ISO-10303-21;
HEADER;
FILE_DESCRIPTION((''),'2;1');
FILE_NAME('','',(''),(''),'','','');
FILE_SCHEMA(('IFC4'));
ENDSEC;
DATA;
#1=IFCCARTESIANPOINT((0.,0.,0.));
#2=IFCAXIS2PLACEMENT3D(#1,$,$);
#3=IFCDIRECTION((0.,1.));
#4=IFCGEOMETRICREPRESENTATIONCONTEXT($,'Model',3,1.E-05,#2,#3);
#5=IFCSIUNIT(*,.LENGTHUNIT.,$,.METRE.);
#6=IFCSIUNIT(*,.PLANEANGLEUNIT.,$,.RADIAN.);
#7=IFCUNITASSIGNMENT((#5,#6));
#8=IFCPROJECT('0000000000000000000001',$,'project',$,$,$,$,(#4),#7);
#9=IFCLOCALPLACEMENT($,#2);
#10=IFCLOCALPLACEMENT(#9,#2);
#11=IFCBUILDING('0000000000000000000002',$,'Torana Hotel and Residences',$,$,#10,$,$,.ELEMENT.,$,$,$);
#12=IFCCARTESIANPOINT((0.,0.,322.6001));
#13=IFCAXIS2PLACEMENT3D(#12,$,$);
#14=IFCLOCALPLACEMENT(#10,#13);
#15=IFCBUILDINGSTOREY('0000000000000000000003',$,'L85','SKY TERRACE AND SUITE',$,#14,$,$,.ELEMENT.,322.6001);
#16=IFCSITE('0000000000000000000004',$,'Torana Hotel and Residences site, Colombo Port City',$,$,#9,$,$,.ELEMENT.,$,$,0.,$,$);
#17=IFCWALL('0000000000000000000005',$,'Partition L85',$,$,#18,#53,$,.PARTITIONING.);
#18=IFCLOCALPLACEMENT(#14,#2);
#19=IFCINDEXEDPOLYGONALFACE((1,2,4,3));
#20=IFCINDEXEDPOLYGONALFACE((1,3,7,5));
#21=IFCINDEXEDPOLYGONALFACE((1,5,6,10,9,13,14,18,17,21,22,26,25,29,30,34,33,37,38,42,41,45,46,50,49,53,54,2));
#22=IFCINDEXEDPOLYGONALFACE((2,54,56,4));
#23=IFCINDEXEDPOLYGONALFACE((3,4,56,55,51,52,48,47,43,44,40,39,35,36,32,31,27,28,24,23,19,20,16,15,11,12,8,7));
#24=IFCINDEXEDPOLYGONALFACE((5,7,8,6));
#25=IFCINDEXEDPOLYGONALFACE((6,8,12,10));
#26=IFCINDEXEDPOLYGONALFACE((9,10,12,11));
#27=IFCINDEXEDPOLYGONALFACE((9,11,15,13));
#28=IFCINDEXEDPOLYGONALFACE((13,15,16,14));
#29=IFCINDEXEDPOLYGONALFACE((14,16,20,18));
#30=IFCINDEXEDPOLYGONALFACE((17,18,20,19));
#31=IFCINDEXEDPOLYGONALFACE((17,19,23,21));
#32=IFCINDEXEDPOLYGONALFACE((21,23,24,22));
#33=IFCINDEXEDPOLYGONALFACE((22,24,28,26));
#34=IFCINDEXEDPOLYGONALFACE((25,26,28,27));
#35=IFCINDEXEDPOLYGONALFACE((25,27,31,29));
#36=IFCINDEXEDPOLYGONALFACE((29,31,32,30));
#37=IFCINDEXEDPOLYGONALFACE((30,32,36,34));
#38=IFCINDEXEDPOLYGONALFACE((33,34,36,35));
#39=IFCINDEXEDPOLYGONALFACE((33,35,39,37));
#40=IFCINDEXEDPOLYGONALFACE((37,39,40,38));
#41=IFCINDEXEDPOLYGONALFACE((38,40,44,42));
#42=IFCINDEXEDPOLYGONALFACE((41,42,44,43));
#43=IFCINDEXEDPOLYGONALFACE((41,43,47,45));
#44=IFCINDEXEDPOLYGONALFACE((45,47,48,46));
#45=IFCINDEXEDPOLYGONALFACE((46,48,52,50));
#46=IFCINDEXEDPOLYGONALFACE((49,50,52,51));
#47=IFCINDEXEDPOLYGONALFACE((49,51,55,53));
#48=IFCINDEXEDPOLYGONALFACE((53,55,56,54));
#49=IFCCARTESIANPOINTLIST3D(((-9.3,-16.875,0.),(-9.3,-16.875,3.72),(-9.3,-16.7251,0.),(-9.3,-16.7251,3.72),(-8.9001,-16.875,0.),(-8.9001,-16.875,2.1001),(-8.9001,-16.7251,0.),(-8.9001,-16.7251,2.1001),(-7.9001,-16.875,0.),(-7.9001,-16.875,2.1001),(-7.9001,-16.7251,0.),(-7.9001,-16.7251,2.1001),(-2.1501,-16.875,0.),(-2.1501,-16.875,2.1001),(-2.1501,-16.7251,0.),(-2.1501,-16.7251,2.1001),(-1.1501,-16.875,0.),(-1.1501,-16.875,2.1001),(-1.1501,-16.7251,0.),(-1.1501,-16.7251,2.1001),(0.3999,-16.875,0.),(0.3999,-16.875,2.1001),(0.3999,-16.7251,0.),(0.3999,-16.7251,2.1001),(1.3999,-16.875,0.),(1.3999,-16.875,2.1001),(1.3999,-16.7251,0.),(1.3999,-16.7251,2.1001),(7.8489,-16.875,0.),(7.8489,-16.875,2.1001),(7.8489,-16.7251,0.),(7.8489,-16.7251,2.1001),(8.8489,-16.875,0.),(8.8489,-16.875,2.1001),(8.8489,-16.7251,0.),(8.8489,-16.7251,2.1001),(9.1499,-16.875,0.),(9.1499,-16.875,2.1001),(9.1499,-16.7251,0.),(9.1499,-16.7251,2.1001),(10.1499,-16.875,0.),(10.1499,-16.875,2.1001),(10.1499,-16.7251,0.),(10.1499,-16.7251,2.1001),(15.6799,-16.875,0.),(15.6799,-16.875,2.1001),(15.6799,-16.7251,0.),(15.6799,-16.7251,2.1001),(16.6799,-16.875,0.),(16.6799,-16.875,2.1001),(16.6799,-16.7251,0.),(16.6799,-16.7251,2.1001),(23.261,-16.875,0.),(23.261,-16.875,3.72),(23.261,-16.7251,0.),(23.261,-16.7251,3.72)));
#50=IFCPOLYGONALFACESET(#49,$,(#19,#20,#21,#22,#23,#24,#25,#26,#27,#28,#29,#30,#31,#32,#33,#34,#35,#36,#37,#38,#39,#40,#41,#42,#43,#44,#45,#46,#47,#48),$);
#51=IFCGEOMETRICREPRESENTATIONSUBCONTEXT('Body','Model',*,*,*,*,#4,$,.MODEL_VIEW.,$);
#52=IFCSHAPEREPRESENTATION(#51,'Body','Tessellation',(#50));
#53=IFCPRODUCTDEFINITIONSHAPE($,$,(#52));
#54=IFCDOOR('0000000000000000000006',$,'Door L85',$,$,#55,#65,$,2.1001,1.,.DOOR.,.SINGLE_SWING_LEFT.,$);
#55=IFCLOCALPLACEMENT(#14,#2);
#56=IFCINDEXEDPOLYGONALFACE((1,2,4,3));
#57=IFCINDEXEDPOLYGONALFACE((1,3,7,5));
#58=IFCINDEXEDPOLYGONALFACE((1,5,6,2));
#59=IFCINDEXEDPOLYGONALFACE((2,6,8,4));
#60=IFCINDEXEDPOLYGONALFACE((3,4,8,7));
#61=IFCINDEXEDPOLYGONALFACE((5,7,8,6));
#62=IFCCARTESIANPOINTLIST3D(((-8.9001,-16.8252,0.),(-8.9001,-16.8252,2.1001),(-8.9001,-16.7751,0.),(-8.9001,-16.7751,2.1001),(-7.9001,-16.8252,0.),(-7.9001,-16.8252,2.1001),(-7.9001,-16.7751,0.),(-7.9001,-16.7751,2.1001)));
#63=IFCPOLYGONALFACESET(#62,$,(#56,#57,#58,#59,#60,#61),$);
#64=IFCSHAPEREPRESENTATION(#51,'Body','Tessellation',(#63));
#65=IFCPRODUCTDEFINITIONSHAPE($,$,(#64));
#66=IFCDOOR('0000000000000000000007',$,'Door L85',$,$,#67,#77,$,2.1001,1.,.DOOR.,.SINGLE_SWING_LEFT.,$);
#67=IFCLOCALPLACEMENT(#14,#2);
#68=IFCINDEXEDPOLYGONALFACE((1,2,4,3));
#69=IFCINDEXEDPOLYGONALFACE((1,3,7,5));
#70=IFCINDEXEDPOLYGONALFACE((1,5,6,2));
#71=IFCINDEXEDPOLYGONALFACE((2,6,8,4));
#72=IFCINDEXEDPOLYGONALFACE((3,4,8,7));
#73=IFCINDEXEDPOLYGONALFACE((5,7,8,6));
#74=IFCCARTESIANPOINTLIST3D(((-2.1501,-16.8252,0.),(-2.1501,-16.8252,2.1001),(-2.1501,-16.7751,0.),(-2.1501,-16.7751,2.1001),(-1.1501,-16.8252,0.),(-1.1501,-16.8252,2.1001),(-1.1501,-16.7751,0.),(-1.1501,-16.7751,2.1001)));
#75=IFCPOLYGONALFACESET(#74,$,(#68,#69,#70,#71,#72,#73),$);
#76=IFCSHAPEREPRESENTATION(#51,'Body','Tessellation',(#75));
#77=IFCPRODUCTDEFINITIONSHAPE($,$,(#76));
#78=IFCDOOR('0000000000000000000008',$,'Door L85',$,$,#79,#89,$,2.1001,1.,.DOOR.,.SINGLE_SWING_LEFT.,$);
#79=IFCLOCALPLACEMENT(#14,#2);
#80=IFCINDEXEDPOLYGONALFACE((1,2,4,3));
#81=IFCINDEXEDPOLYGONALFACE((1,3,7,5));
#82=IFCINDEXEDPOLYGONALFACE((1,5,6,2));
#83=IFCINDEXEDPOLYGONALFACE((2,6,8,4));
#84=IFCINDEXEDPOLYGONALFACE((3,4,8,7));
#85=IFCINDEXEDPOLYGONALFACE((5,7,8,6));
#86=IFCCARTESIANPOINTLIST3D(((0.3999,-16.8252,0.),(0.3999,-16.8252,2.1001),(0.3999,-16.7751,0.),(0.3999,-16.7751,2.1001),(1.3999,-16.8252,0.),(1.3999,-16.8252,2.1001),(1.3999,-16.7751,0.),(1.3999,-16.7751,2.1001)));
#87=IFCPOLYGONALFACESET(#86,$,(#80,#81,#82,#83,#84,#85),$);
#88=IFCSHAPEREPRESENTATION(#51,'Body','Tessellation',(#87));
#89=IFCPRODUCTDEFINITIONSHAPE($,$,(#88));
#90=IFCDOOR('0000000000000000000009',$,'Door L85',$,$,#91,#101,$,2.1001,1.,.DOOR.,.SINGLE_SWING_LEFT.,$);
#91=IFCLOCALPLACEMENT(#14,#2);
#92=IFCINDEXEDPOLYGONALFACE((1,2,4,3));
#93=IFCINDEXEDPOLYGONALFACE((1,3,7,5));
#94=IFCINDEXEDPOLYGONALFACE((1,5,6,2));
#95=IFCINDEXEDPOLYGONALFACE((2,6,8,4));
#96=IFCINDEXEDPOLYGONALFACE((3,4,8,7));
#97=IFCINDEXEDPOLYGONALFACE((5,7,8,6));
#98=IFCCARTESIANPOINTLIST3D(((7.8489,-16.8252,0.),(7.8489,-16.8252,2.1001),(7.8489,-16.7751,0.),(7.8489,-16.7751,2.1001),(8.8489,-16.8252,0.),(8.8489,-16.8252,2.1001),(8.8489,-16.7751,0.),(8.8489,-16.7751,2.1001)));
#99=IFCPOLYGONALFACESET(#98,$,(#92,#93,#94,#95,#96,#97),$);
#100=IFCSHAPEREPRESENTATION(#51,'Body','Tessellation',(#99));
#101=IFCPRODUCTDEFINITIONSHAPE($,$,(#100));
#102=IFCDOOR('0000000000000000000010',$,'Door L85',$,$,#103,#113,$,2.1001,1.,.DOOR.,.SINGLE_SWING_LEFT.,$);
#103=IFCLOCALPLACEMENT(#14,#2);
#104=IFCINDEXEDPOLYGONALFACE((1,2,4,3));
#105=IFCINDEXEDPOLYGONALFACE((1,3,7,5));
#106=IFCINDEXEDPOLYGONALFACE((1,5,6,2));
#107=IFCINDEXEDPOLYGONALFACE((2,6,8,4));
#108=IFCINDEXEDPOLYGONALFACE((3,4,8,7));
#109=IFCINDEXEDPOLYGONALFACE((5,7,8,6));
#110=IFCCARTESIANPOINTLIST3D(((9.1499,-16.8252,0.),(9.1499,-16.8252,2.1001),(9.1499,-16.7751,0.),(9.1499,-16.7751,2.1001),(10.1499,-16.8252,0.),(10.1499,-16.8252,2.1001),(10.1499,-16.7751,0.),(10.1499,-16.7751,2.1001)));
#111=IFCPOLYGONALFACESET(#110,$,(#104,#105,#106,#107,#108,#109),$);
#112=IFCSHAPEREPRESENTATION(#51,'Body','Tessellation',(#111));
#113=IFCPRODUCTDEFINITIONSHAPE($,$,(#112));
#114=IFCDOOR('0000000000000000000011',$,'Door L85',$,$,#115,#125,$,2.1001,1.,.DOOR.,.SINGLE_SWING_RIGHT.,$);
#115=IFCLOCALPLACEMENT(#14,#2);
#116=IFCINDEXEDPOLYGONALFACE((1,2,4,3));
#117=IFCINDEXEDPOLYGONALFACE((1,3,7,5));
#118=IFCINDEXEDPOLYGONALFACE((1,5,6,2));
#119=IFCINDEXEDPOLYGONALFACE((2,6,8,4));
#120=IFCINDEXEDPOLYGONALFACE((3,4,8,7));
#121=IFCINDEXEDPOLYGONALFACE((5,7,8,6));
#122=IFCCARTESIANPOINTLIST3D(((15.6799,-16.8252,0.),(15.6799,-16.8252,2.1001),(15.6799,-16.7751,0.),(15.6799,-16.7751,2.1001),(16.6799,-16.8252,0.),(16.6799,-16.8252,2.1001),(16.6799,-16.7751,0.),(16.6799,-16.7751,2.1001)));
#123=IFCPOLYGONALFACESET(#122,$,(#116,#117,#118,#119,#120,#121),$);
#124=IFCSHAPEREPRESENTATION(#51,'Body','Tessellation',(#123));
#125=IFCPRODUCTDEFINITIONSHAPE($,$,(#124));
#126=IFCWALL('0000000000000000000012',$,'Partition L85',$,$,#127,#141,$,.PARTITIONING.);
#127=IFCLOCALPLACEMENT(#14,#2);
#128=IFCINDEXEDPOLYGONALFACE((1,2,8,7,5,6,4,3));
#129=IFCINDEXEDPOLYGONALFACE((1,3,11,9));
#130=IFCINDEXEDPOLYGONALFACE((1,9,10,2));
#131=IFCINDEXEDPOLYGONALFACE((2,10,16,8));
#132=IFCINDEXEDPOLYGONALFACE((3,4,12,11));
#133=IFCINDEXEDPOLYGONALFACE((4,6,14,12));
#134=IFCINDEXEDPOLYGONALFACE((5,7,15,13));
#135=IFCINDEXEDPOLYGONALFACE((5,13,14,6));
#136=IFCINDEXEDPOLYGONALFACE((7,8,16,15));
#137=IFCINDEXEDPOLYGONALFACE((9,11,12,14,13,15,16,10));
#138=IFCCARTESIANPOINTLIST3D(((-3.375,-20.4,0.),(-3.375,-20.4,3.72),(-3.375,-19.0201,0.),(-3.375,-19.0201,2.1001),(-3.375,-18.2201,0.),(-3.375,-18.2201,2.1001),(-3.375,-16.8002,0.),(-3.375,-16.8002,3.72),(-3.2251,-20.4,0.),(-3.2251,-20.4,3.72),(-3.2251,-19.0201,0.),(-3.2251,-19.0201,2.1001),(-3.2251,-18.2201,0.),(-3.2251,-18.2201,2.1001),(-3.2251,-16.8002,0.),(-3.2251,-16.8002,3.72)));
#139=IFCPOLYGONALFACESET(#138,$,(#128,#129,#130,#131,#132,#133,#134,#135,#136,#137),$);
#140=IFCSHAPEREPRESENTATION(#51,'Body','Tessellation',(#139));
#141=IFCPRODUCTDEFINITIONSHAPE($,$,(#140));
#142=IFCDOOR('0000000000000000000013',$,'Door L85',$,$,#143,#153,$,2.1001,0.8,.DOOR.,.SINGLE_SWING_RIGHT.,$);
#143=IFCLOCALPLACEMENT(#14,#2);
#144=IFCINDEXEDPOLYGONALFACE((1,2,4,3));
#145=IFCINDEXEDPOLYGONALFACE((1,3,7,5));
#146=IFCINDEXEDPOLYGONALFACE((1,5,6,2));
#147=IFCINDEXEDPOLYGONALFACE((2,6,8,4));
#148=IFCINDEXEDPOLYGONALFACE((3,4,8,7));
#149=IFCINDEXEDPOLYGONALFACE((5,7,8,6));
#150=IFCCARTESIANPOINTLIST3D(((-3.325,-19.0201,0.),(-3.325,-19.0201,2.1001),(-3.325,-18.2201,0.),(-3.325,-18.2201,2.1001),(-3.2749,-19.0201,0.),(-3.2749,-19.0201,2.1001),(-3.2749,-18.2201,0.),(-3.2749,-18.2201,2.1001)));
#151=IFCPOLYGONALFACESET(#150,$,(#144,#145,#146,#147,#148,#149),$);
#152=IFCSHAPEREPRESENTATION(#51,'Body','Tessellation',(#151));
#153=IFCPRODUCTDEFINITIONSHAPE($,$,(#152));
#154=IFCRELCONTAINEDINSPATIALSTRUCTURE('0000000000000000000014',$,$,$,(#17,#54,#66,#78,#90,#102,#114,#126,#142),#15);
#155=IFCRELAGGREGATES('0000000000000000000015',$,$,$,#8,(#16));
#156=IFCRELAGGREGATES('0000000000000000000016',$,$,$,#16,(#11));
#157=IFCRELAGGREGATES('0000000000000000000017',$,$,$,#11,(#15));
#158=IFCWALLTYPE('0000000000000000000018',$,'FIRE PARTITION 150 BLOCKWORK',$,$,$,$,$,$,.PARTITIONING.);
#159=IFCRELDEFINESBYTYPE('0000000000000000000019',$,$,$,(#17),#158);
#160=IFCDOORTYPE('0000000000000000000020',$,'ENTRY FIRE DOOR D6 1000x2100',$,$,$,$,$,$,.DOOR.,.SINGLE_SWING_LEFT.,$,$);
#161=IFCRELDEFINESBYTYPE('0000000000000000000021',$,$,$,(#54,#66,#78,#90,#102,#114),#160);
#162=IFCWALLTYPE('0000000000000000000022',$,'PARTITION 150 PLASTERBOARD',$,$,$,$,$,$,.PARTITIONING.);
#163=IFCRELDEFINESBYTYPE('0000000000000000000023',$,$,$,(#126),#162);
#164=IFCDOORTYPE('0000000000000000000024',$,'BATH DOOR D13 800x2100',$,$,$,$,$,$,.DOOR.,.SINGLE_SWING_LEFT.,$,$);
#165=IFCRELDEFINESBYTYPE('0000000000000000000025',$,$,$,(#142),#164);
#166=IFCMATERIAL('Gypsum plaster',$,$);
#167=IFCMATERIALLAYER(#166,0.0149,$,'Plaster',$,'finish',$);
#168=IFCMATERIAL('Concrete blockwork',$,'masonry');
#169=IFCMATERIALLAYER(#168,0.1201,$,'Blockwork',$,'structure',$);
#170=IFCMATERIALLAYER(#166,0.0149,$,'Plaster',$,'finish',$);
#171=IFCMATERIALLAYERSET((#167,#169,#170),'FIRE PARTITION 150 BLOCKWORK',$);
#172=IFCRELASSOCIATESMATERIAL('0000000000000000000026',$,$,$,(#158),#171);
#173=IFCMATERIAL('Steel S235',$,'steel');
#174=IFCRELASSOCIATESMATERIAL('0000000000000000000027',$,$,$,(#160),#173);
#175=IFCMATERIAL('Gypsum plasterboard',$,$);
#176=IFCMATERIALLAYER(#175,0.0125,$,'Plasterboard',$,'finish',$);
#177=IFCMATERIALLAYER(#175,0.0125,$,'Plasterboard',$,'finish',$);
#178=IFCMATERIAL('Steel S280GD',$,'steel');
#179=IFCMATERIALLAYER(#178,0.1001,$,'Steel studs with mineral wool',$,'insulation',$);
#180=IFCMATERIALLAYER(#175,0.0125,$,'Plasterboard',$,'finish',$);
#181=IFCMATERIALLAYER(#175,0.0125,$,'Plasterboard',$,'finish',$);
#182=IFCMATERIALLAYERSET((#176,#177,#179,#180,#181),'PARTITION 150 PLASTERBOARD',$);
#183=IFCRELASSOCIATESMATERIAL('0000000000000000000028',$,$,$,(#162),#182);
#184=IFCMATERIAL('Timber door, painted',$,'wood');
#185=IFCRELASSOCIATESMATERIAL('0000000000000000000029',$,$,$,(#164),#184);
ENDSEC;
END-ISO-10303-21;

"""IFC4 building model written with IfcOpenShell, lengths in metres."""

from ifc_helpers import new_model, si_unit, direction, frame, frame_2d, origin, place, context, subcontext, project, spatial, rectangle, extrude, material, layer, layer_set, type_object, element, fill, save


model = new_model("IFC4")

# Units and contexts
model_context = context("Model", 3, precision=1e-05, world=origin(), true_north=direction((0.0, 1.0)))
body_context = subcontext(model_context, "Body", "Model", "MODEL_VIEW")
ifc_project = project(units=[si_unit("LENGTHUNIT", "METRE"), si_unit("PLANEANGLEUNIT", "RADIAN")], contexts=[model_context])

# Site, building, storey
site_placement = place(None, origin())
site = spatial("IfcSite", under=ifc_project, at=site_placement, Name="Torana Hotel and Residences site, Colombo Port City", CompositionType="ELEMENT", RefElevation=0.0)
building_placement = place(site_placement, origin())
building = spatial("IfcBuilding", under=site, at=building_placement, Name="Torana Hotel and Residences", CompositionType="ELEMENT")
storey_placement = place(building_placement, frame((0.0, 0.0, 322.6001)))
storey = spatial("IfcBuildingStorey", under=building, at=storey_placement, Name="L85", Description="SKY TERRACE AND SUITE", CompositionType="ELEMENT", Elevation=322.6001)

# Shared definitions
ifc_material_1 = material(Name="Gypsum plaster")
ifc_layer_1 = layer(ifc_material_1, 0.0149, Name="Plaster", Category="finish")
ifc_material_2 = material(Name="Concrete blockwork", Category="masonry")
ifc_layer_2 = layer(ifc_material_2, 0.1201, Name="Blockwork", Category="structure")
ifc_layer_3 = layer(ifc_material_1, 0.0149, Name="Plaster", Category="finish")
ifc_layer_set_1 = layer_set([ifc_layer_1, ifc_layer_2, ifc_layer_3], Name="FIRE PARTITION 150 BLOCKWORK")
wall_type_1 = type_object("IfcWallType", Name="FIRE PARTITION 150 BLOCKWORK", PredefinedType="PARTITIONING", material=ifc_layer_set_1)

# Shared definitions
ifc_material_3 = material(Name="Steel S235", Category="steel")
door_type_1 = type_object("IfcDoorType", Name="ENTRY FIRE DOOR D6 1000x2100", OperationType="SINGLE_SWING_LEFT", PredefinedType="DOOR", material=ifc_material_3)

# Wall, openings, doors
wall_1_placement = place(storey_placement, frame((-9.3, -16.8, 0.0), z_axis=(0.0, 0.0, 1.0), x_axis=(1.0, 0.0, 0.0)))
wall_1 = element("IfcWall", 1, at=wall_1_placement, inside=storey, type_object=wall_type_1, Name="Partition L85", PredefinedType="PARTITIONING", context=body_context, shape_type="SweptSolid", body=[
    extrude(rectangle(XDim=32.561, YDim=0.1499, at=frame_2d((16.2805, 0.0))), origin(), (0.0, 0.0, 1.0), 3.72),
])
opening_1_placement = place(wall_1_placement, frame((0.3999, 0.0, 0.0)))
opening_1 = element("IfcOpeningElement", 2, at=opening_1_placement, cuts=wall_1, PredefinedType="OPENING", context=body_context, shape_type="SweptSolid", body=[
    extrude(rectangle(XDim=1.0, YDim=2.1001, at=frame_2d((0.5, 1.05))), frame((0.0, 0.085, 0.0), z_axis=(0.0, -1.0, 0.0), x_axis=(1.0, 0.0, 0.0)), (0.0, 0.0, 1.0), 0.1699),
])
opening_2_placement = place(wall_1_placement, frame((7.1499, 0.0, 0.0)))
opening_2 = element("IfcOpeningElement", 3, at=opening_2_placement, cuts=wall_1, PredefinedType="OPENING", context=body_context, shape_type="SweptSolid", body=[
    extrude(rectangle(XDim=1.0, YDim=2.1001, at=frame_2d((0.5, 1.05))), frame((0.0, 0.085, 0.0), z_axis=(0.0, -1.0, 0.0), x_axis=(1.0, 0.0, 0.0)), (0.0, 0.0, 1.0), 0.1699),
])
opening_3_placement = place(wall_1_placement, frame((9.7, 0.0, 0.0)))
opening_3 = element("IfcOpeningElement", 4, at=opening_3_placement, cuts=wall_1, PredefinedType="OPENING", context=body_context, shape_type="SweptSolid", body=[
    extrude(rectangle(XDim=1.0, YDim=2.1001, at=frame_2d((0.5, 1.05))), frame((0.0, 0.085, 0.0), z_axis=(0.0, -1.0, 0.0), x_axis=(1.0, 0.0, 0.0)), (0.0, 0.0, 1.0), 0.1699),
])
opening_4_placement = place(wall_1_placement, frame((17.1489, 0.0, 0.0)))
opening_4 = element("IfcOpeningElement", 5, at=opening_4_placement, cuts=wall_1, PredefinedType="OPENING", context=body_context, shape_type="SweptSolid", body=[
    extrude(rectangle(XDim=1.0, YDim=2.1001, at=frame_2d((0.5, 1.05))), frame((0.0, 0.085, 0.0), z_axis=(0.0, -1.0, 0.0), x_axis=(1.0, 0.0, 0.0)), (0.0, 0.0, 1.0), 0.1699),
])
opening_5_placement = place(wall_1_placement, frame((18.45, 0.0, 0.0)))
opening_5 = element("IfcOpeningElement", 6, at=opening_5_placement, cuts=wall_1, PredefinedType="OPENING", context=body_context, shape_type="SweptSolid", body=[
    extrude(rectangle(XDim=1.0, YDim=2.1001, at=frame_2d((0.5, 1.05))), frame((0.0, 0.085, 0.0), z_axis=(0.0, -1.0, 0.0), x_axis=(1.0, 0.0, 0.0)), (0.0, 0.0, 1.0), 0.1699),
])
opening_6_placement = place(wall_1_placement, frame((24.98, 0.0, 0.0)))
opening_6 = element("IfcOpeningElement", 7, at=opening_6_placement, cuts=wall_1, PredefinedType="OPENING", context=body_context, shape_type="SweptSolid", body=[
    extrude(rectangle(XDim=1.0, YDim=2.1001, at=frame_2d((0.5, 1.05))), frame((0.0, 0.085, 0.0), z_axis=(0.0, -1.0, 0.0), x_axis=(1.0, 0.0, 0.0)), (0.0, 0.0, 1.0), 0.1699),
])
door_1_placement = place(opening_1_placement, frame((0.5, 0.0, 0.0), z_axis=(0.0, 0.0, 1.0), x_axis=(-1.0, 0.0, 0.0)))
door_1 = element("IfcDoor", 8, at=door_1_placement, inside=storey, type_object=door_type_1, Name="Door L85", OperationType="SINGLE_SWING_LEFT", OverallHeight=2.1001, OverallWidth=1.0, PredefinedType="DOOR", context=body_context, shape_type="SweptSolid", body=[
    extrude(rectangle(XDim=1.0, YDim=2.1001, at=frame_2d((0.0, 1.05))), frame((0.0, -0.0249, 0.0), z_axis=(0.0, 1.0, 0.0), x_axis=(-1.0, 0.0, 0.0)), (0.0, 0.0, 1.0), 0.05),
])
fill(opening_1, door_1)
door_2_placement = place(opening_2_placement, frame((0.5, 0.0, 0.0), z_axis=(0.0, 0.0, 1.0), x_axis=(-1.0, 0.0, 0.0)))
door_2 = element("IfcDoor", 9, at=door_2_placement, inside=storey, type_object=door_type_1, Name="Door L85", OperationType="SINGLE_SWING_LEFT", OverallHeight=2.1001, OverallWidth=1.0, PredefinedType="DOOR", context=body_context, shape_type="SweptSolid", body=[
    extrude(rectangle(XDim=1.0, YDim=2.1001, at=frame_2d((0.0, 1.05))), frame((0.0, -0.0249, 0.0), z_axis=(0.0, 1.0, 0.0), x_axis=(-1.0, 0.0, 0.0)), (0.0, 0.0, 1.0), 0.05),
])
fill(opening_2, door_2)
door_3_placement = place(opening_3_placement, frame((0.5, 0.0, 0.0), z_axis=(0.0, 0.0, 1.0), x_axis=(-1.0, 0.0, 0.0)))
door_3 = element("IfcDoor", 10, at=door_3_placement, inside=storey, type_object=door_type_1, Name="Door L85", OperationType="SINGLE_SWING_LEFT", OverallHeight=2.1001, OverallWidth=1.0, PredefinedType="DOOR", context=body_context, shape_type="SweptSolid", body=[
    extrude(rectangle(XDim=1.0, YDim=2.1001, at=frame_2d((0.0, 1.05))), frame((0.0, -0.0249, 0.0), z_axis=(0.0, 1.0, 0.0), x_axis=(-1.0, 0.0, 0.0)), (0.0, 0.0, 1.0), 0.05),
])
fill(opening_3, door_3)
door_4_placement = place(opening_4_placement, frame((0.5, 0.0, 0.0), z_axis=(0.0, 0.0, 1.0), x_axis=(-1.0, 0.0, 0.0)))
door_4 = element("IfcDoor", 11, at=door_4_placement, inside=storey, type_object=door_type_1, Name="Door L85", OperationType="SINGLE_SWING_LEFT", OverallHeight=2.1001, OverallWidth=1.0, PredefinedType="DOOR", context=body_context, shape_type="SweptSolid", body=[
    extrude(rectangle(XDim=1.0, YDim=2.1001, at=frame_2d((0.0, 1.05))), frame((0.0, -0.0249, 0.0), z_axis=(0.0, 1.0, 0.0), x_axis=(-1.0, 0.0, 0.0)), (0.0, 0.0, 1.0), 0.05),
])
fill(opening_4, door_4)
door_5_placement = place(opening_5_placement, frame((0.5, 0.0, 0.0), z_axis=(0.0, 0.0, 1.0), x_axis=(-1.0, 0.0, 0.0)))
door_5 = element("IfcDoor", 12, at=door_5_placement, inside=storey, type_object=door_type_1, Name="Door L85", OperationType="SINGLE_SWING_LEFT", OverallHeight=2.1001, OverallWidth=1.0, PredefinedType="DOOR", context=body_context, shape_type="SweptSolid", body=[
    extrude(rectangle(XDim=1.0, YDim=2.1001, at=frame_2d((0.0, 1.05))), frame((0.0, -0.0249, 0.0), z_axis=(0.0, 1.0, 0.0), x_axis=(-1.0, 0.0, 0.0)), (0.0, 0.0, 1.0), 0.05),
])
fill(opening_5, door_5)
door_6_placement = place(opening_6_placement, origin())
door_6 = element("IfcDoor", 13, at=door_6_placement, inside=storey, type_object=door_type_1, Name="Door L85", OperationType="SINGLE_SWING_RIGHT", OverallHeight=2.1001, OverallWidth=1.0, PredefinedType="DOOR", context=body_context, shape_type="SweptSolid", body=[
    extrude(rectangle(XDim=1.0, YDim=2.1001, at=frame_2d((0.5, 1.05))), frame((0.0, 0.0249, 0.0), z_axis=(0.0, -1.0, 0.0), x_axis=(1.0, 0.0, 0.0)), (0.0, 0.0, 1.0), 0.05),
])
fill(opening_6, door_6)

# Wall, opening, door
ifc_material_4 = material(Name="Gypsum plasterboard")
ifc_layer_4 = layer(ifc_material_4, 0.0125, Name="Plasterboard", Category="finish")
ifc_layer_5 = layer(ifc_material_4, 0.0125, Name="Plasterboard", Category="finish")
ifc_material_5 = material(Name="Steel S280GD", Category="steel")
ifc_layer_6 = layer(ifc_material_5, 0.1001, Name="Steel studs with mineral wool", Category="insulation")
ifc_layer_7 = layer(ifc_material_4, 0.0125, Name="Plasterboard", Category="finish")
ifc_layer_8 = layer(ifc_material_4, 0.0125, Name="Plasterboard", Category="finish")
ifc_layer_set_2 = layer_set([ifc_layer_4, ifc_layer_5, ifc_layer_6, ifc_layer_7, ifc_layer_8], Name="PARTITION 150 PLASTERBOARD")
wall_type_2 = type_object("IfcWallType", Name="PARTITION 150 PLASTERBOARD", PredefinedType="PARTITIONING", material=ifc_layer_set_2)
wall_2_placement = place(storey_placement, frame((-3.3, -20.3999, 0.0), z_axis=(0.0, 0.0, 1.0), x_axis=(0.0, 1.0, 0.0)))
wall_2 = element("IfcWall", 14, at=wall_2_placement, inside=storey, type_object=wall_type_2, Name="Partition L85", PredefinedType="PARTITIONING", context=body_context, shape_type="SweptSolid", body=[
    extrude(rectangle(XDim=3.5999, YDim=0.1499, at=frame_2d((1.7998, 0.0))), origin(), (0.0, 0.0, 1.0), 3.72),
])
opening_7_placement = place(wall_2_placement, frame((1.3799, 0.0, 0.0)))
opening_7 = element("IfcOpeningElement", 15, at=opening_7_placement, cuts=wall_2, PredefinedType="OPENING", context=body_context, shape_type="SweptSolid", body=[
    extrude(rectangle(XDim=0.8, YDim=2.1001, at=frame_2d((0.3999, 1.05))), frame((0.0, 0.085, 0.0), z_axis=(0.0, -1.0, 0.0), x_axis=(1.0, 0.0, 0.0)), (0.0, 0.0, 1.0), 0.1699),
])
ifc_material_6 = material(Name="Timber door, painted", Category="wood")
door_type_2 = type_object("IfcDoorType", Name="BATH DOOR D13 800x2100", OperationType="SINGLE_SWING_LEFT", PredefinedType="DOOR", material=ifc_material_6)
door_7_placement = place(opening_7_placement, origin())
door_7 = element("IfcDoor", 16, at=door_7_placement, inside=storey, type_object=door_type_2, Name="Door L85", OperationType="SINGLE_SWING_RIGHT", OverallHeight=2.1001, OverallWidth=0.8, PredefinedType="DOOR", context=body_context, shape_type="SweptSolid", body=[
    extrude(rectangle(XDim=0.8, YDim=2.1001, at=frame_2d((0.3999, 1.05))), frame((0.0, 0.0249, 0.0), z_axis=(0.0, -1.0, 0.0), x_axis=(1.0, 0.0, 0.0)), (0.0, 0.0, 1.0), 0.05),
])
fill(opening_7, door_7)

save(model, "model.ifc")
